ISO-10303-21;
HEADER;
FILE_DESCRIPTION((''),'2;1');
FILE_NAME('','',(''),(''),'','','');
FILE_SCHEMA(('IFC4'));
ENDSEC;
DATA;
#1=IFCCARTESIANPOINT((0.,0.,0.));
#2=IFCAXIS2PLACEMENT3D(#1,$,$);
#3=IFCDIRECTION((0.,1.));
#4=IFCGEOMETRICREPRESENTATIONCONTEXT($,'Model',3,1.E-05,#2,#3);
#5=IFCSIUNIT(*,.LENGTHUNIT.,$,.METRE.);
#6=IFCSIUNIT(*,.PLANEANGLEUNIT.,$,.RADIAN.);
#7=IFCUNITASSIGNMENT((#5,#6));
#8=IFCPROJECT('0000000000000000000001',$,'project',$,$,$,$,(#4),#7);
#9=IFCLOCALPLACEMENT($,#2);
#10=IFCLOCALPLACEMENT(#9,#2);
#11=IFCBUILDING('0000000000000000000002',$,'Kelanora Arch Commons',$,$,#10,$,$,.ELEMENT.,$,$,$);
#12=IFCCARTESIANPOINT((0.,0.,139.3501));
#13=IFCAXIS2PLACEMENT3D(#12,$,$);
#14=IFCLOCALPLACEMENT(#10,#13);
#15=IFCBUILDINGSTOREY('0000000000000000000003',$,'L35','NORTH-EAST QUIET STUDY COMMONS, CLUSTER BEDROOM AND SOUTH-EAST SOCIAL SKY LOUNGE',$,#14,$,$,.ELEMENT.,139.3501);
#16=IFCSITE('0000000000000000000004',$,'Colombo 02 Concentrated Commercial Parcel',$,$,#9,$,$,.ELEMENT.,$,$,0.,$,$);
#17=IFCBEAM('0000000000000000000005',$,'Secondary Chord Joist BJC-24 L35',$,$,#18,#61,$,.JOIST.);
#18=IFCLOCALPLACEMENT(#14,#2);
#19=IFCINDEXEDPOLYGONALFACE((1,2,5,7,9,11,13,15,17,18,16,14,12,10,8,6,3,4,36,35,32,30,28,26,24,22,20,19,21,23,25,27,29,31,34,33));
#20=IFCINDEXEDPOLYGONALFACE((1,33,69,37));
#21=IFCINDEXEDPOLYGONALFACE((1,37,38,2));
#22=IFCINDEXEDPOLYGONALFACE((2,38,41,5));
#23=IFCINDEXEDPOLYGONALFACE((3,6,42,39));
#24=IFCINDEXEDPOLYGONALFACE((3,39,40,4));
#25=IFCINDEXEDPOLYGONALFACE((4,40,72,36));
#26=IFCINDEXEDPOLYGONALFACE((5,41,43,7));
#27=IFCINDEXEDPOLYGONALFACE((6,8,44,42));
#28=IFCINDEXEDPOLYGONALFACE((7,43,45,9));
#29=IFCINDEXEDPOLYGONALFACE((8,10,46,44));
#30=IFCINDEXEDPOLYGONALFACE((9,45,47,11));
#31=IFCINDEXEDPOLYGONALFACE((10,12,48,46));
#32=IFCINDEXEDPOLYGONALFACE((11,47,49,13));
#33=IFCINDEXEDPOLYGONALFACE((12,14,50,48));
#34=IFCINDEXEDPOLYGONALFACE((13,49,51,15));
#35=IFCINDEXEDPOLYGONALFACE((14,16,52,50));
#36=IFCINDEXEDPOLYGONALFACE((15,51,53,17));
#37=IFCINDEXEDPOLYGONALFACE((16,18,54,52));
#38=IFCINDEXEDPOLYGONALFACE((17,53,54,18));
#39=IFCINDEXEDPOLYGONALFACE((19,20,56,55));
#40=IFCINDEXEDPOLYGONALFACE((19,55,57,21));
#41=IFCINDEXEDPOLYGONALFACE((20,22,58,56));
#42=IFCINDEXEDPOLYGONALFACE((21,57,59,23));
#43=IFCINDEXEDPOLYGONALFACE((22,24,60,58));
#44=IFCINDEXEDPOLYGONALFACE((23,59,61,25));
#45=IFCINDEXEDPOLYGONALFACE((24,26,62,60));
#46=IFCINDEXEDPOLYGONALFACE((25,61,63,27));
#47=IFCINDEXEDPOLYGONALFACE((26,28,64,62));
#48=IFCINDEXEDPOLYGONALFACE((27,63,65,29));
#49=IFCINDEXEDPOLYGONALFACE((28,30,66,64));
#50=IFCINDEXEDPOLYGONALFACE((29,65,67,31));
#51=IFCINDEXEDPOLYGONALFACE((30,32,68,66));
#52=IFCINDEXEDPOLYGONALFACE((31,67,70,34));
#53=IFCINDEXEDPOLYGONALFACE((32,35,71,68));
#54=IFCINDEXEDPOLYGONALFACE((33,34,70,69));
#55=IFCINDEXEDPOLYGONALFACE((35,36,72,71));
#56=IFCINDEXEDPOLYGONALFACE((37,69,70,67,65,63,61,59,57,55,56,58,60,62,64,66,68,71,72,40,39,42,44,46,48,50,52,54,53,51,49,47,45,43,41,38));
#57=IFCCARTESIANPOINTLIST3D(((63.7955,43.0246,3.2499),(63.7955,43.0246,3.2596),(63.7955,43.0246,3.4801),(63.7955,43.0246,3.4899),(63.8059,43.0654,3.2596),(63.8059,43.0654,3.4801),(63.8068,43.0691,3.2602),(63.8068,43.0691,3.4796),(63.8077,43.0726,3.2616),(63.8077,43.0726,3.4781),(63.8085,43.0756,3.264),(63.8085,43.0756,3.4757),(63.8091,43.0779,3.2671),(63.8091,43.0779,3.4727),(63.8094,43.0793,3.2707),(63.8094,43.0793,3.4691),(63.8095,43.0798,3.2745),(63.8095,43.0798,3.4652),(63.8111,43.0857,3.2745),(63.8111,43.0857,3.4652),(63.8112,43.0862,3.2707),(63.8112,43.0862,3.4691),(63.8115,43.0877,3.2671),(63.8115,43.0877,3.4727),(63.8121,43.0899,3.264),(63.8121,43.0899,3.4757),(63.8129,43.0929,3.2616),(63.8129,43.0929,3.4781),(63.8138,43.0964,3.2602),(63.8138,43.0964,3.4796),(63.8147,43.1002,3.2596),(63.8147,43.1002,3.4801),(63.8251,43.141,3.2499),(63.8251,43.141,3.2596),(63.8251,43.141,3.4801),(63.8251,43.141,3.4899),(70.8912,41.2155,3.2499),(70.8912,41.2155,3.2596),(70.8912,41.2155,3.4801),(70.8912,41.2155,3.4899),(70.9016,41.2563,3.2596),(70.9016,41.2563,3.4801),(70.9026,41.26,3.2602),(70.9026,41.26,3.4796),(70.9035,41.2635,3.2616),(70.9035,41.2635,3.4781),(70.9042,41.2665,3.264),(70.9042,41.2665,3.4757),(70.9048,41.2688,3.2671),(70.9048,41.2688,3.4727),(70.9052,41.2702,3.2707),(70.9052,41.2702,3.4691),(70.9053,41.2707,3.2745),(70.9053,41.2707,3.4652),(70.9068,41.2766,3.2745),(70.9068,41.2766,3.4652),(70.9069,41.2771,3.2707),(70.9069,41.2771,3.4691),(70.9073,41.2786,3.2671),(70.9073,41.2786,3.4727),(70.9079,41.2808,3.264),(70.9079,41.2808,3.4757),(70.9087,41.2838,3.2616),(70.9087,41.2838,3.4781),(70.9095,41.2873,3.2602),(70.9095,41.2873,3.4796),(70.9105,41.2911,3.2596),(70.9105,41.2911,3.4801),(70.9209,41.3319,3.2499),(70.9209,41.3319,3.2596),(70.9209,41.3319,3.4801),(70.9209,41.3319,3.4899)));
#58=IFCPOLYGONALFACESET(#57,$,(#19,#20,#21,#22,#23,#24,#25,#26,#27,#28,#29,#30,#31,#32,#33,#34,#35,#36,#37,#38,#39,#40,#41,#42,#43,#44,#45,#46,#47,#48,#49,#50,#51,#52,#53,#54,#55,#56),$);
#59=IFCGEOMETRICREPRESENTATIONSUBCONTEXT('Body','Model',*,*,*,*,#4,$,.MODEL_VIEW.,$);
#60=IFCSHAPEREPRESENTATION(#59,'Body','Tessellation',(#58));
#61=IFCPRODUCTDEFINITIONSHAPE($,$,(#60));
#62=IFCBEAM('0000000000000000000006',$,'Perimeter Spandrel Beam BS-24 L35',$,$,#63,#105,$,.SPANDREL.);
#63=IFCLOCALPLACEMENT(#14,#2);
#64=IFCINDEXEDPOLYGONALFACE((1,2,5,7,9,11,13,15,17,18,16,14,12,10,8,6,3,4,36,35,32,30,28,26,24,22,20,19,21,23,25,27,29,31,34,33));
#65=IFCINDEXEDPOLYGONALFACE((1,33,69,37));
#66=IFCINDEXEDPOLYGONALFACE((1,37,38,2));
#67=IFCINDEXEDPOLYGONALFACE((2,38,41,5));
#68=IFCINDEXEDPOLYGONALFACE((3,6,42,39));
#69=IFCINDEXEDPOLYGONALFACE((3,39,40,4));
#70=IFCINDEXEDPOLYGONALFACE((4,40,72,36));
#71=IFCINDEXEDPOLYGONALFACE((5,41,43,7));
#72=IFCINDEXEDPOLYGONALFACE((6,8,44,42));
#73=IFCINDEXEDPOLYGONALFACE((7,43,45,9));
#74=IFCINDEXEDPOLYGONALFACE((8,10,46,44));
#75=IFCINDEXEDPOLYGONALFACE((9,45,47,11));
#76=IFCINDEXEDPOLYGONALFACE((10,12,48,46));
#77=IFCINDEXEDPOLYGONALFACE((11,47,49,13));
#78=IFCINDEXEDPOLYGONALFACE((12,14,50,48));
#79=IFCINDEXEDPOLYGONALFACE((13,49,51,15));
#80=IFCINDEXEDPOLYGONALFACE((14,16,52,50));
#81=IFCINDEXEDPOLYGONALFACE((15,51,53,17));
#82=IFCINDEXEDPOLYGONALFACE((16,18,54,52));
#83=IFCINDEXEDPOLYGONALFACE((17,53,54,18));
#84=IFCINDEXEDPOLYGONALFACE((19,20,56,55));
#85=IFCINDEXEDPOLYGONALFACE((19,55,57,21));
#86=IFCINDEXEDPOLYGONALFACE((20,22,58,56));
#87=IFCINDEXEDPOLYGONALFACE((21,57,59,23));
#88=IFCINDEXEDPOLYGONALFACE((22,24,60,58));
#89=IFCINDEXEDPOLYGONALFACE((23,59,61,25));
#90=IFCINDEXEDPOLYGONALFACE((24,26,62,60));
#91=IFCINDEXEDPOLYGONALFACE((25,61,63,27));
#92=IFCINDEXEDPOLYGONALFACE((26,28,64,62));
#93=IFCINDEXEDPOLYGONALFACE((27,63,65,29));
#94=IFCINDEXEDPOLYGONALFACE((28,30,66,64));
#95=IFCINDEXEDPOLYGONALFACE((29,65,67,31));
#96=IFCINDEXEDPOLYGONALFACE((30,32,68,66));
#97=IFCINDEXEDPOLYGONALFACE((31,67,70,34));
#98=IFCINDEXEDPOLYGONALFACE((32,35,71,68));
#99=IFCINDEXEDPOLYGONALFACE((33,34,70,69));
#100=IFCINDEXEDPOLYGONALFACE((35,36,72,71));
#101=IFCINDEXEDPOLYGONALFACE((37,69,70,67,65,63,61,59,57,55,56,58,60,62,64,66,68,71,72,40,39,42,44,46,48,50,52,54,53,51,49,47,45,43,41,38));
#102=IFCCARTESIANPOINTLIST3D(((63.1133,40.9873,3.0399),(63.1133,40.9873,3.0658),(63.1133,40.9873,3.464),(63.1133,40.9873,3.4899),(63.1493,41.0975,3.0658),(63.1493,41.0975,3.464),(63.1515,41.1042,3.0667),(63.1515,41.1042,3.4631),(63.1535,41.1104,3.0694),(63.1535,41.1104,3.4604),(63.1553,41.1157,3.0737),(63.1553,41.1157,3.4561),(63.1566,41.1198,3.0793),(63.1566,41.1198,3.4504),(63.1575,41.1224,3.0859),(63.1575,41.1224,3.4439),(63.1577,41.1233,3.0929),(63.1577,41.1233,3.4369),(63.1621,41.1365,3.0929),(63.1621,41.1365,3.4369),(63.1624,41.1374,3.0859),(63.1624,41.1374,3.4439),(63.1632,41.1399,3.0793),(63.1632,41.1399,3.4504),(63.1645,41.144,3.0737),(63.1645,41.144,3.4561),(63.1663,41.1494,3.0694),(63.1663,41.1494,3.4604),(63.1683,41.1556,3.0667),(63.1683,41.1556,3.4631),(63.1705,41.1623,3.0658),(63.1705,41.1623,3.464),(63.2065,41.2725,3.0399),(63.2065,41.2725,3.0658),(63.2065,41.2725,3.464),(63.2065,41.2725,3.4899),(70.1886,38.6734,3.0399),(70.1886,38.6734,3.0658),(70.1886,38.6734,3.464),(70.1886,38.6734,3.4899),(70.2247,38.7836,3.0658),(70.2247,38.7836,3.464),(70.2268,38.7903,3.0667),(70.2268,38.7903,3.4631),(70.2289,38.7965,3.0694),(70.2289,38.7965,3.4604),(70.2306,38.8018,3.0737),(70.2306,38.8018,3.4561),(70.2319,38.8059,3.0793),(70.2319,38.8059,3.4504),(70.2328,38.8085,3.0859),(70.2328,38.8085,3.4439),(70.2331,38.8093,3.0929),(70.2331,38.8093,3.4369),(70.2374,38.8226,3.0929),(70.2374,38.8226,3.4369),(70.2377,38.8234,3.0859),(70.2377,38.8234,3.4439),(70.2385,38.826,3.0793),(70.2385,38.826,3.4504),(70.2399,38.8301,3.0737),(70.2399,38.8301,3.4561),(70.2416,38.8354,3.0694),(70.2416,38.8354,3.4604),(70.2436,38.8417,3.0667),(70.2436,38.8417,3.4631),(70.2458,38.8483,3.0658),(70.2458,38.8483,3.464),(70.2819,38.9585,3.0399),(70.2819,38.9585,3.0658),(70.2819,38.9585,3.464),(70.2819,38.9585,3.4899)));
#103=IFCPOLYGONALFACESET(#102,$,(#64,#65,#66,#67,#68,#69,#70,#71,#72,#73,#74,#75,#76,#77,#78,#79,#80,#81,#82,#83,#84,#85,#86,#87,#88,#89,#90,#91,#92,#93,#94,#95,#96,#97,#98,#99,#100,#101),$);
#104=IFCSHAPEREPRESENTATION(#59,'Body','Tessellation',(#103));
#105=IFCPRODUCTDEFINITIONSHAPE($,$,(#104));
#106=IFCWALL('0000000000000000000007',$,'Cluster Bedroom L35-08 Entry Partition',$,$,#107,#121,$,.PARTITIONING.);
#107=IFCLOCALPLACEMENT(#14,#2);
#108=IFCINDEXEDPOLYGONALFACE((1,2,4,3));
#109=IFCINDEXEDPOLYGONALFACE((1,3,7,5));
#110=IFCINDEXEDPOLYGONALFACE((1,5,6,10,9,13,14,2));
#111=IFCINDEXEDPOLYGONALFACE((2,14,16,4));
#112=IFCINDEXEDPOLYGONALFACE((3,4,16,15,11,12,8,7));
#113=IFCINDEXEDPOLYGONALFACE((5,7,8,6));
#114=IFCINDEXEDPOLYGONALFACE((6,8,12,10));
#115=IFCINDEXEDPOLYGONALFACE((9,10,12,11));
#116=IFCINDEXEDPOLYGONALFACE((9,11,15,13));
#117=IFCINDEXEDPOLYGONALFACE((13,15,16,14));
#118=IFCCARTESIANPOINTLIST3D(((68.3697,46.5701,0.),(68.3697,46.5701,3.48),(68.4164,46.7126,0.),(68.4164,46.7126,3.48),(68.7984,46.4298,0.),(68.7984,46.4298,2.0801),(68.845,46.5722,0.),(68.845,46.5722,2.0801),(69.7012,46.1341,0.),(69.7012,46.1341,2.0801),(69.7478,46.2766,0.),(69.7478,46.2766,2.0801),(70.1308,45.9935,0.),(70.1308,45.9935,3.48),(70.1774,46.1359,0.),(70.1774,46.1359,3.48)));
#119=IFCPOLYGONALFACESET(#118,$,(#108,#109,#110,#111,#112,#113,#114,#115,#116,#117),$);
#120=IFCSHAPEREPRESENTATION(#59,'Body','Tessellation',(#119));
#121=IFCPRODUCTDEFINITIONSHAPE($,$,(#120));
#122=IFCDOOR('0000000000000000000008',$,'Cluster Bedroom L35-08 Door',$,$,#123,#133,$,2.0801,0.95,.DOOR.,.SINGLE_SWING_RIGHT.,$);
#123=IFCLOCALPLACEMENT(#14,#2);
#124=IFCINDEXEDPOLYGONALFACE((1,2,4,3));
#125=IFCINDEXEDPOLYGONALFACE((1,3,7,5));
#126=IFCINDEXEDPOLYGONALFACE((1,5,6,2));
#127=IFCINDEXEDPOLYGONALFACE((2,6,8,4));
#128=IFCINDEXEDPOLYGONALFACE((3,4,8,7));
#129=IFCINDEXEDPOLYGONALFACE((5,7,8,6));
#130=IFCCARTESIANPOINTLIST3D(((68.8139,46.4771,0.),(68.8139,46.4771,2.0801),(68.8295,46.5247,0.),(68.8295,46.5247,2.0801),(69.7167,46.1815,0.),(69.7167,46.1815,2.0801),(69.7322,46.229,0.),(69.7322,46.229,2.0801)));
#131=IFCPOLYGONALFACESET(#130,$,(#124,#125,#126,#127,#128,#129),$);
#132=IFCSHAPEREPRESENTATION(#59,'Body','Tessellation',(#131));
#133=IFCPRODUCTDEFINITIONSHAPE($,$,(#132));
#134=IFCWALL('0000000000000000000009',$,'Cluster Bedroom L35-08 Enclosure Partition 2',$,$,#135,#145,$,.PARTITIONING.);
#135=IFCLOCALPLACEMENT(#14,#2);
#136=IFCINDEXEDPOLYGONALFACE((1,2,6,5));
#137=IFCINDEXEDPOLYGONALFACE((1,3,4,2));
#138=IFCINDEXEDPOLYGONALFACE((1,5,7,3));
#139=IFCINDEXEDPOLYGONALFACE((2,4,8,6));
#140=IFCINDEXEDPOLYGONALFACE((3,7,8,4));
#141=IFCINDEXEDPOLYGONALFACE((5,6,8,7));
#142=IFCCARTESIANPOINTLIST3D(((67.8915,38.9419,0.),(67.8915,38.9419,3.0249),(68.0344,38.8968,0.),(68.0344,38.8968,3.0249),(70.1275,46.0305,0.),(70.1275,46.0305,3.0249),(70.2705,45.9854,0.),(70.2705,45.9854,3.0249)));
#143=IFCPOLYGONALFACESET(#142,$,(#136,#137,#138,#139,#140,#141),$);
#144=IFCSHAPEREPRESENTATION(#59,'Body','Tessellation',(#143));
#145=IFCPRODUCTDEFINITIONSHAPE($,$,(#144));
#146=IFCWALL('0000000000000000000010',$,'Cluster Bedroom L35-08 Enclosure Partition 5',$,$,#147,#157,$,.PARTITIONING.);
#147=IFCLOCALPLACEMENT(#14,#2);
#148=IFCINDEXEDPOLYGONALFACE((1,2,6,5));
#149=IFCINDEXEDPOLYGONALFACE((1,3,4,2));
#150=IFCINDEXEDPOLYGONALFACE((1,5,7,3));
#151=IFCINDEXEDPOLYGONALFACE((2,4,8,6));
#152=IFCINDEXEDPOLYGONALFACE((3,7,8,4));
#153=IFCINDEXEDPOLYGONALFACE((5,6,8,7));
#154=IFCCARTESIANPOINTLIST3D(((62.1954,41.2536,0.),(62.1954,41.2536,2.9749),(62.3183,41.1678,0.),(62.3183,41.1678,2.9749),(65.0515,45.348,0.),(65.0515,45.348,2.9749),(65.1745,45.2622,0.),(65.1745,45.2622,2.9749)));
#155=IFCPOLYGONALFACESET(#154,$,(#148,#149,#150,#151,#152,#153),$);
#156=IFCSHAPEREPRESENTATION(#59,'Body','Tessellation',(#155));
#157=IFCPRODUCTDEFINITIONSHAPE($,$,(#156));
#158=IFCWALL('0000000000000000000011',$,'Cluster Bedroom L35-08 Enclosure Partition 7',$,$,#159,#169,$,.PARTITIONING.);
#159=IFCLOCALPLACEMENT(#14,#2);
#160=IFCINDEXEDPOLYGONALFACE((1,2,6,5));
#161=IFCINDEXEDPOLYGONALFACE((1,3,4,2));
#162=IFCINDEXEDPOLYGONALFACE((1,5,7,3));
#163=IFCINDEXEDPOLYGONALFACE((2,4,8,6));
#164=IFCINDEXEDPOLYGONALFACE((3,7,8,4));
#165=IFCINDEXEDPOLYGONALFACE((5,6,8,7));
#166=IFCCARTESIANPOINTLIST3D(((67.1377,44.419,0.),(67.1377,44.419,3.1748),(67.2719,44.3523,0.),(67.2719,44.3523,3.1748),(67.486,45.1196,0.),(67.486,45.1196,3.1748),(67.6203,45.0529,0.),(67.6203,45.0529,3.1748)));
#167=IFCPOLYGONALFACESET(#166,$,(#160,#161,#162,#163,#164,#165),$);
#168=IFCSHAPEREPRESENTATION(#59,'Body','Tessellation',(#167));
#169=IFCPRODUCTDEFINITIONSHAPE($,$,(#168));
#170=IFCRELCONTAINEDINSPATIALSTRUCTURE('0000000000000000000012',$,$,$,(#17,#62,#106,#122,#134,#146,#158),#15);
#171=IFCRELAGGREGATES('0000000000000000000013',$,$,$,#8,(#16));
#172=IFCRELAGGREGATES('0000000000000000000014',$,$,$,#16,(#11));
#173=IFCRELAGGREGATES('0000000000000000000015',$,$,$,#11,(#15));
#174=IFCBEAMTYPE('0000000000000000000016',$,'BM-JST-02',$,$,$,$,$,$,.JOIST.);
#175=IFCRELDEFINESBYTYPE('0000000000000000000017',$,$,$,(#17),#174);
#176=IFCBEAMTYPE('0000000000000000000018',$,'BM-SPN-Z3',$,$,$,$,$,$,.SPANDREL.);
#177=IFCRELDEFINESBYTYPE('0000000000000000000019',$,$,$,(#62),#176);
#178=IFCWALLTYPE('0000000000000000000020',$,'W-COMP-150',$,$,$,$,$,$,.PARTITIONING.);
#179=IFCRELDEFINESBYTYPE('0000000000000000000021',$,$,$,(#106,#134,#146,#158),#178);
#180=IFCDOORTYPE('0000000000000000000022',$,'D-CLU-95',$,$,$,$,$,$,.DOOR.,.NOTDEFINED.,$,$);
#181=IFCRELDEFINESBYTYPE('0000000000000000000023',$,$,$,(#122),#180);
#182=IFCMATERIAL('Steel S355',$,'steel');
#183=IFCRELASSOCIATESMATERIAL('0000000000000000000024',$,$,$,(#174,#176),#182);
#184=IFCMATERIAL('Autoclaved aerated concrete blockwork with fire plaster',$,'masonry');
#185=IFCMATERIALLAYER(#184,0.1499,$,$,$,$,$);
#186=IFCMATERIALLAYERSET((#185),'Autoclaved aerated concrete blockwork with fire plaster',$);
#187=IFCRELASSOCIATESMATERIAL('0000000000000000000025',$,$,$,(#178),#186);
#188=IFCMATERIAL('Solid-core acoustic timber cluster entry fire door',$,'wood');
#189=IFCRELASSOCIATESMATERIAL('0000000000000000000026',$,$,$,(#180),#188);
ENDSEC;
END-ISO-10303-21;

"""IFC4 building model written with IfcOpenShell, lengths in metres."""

from ifc_helpers import new_model, si_unit, direction, frame, frame_2d, origin, origin_2d, place, context, subcontext, project, spatial, rectangle, i_section, extrude, material, layer, layer_set, material_profile, profile_set, type_object, element, fill, save


model = new_model("IFC4")

# Units and contexts
model_context = context("Model", 3, precision=1e-05, world=origin(), true_north=direction((0.0, 1.0)))
body_context = subcontext(model_context, "Body", "Model", "MODEL_VIEW")
ifc_project = project(units=[si_unit("LENGTHUNIT", "METRE"), si_unit("PLANEANGLEUNIT", "RADIAN")], contexts=[model_context])

# Site, building, storey
site_placement = place(None, origin())
site = spatial("IfcSite", under=ifc_project, at=site_placement, Name="Colombo 02 Concentrated Commercial Parcel", CompositionType="ELEMENT", RefElevation=0.0)
building_placement = place(site_placement, origin())
building = spatial("IfcBuilding", under=site, at=building_placement, Name="Kelanora Arch Commons", CompositionType="ELEMENT")
storey_placement = place(building_placement, frame((0.0, 0.0, 139.3501)))
storey = spatial("IfcBuildingStorey", under=building, at=storey_placement, Name="L35", Description="NORTH-EAST QUIET STUDY COMMONS, CLUSTER BEDROOM AND SOUTH-EAST SOCIAL SKY LOUNGE", CompositionType="ELEMENT", Elevation=139.3501)

# Beams
ifc_material_1 = material(Name="Steel S355", Category="steel")
ifc_material_profile_1 = material_profile(ifc_material_1, i_section(OverallWidth=0.1201, OverallDepth=0.24, WebThickness=0.0061, FlangeThickness=0.0098, FilletRadius=0.0149, at=origin_2d()), Name="IPE240")
ifc_profile_set_1 = profile_set([ifc_material_profile_1], Name="Steel S355")
beam_type_1 = type_object("IfcBeamType", Name="BM-JST-02", PredefinedType="JOIST", material=ifc_profile_set_1)
beam_1_placement = place(storey_placement, frame((63.8103, 43.0828, 3.3699), z_axis=(0.969002, -0.247052, 0.0), x_axis=(0.247052, 0.969002, 0.0)))
element("IfcBeam", 1, at=beam_1_placement, inside=storey, type_object=beam_type_1, Name="Secondary Chord Joist BJC-24 L35", PredefinedType="JOIST", context=body_context, shape_type="SweptSolid", body=[
    extrude(i_section(OverallWidth=0.1201, OverallDepth=0.24, WebThickness=0.0061, FlangeThickness=0.0098, FilletRadius=0.0149, at=origin_2d()), origin(), (0.0, 0.0, 1.0), 7.3228),
])
ifc_material_profile_2 = material_profile(ifc_material_1, i_section(OverallWidth=0.3, OverallDepth=0.45, WebThickness=0.0139, FlangeThickness=0.0259, FilletRadius=0.0271, at=origin_2d()), Name="HEB450")
ifc_profile_set_2 = profile_set([ifc_material_profile_2], Name="Steel S355")
beam_type_2 = type_object("IfcBeamType", Name="BM-SPN-Z3", PredefinedType="SPANDREL", material=ifc_profile_set_2)
beam_2_placement = place(storey_placement, frame((63.1599, 41.1299, 3.2649), z_axis=(0.950462, -0.310841, 0.0), x_axis=(0.310841, 0.950462, 0.0)))
element("IfcBeam", 2, at=beam_2_placement, inside=storey, type_object=beam_type_2, Name="Perimeter Spandrel Beam BS-24 L35", PredefinedType="SPANDREL", context=body_context, shape_type="SweptSolid", body=[
    extrude(i_section(OverallWidth=0.3, OverallDepth=0.45, WebThickness=0.0139, FlangeThickness=0.0259, FilletRadius=0.0271, at=origin_2d()), origin(), (0.0, 0.0, 1.0), 7.4441),
])

# Wall, opening, door
ifc_material_2 = material(Name="Autoclaved aerated concrete blockwork with fire plaster", Category="masonry")
ifc_layer_1 = layer(ifc_material_2, 0.1499)
ifc_layer_set_1 = layer_set([ifc_layer_1], Name="Autoclaved aerated concrete blockwork with fire plaster")
wall_type_1 = type_object("IfcWallType", Name="W-COMP-150", PredefinedType="PARTITIONING", material=ifc_layer_set_1)
wall_1_placement = place(storey_placement, frame((68.3931, 46.6414, 0.0), z_axis=(0.0, 0.0, 1.0), x_axis=(0.950343, -0.311204, 0.0)))
wall_1 = element("IfcWall", 3, at=wall_1_placement, inside=storey, type_object=wall_type_1, Name="Cluster Bedroom L35-08 Entry Partition", PredefinedType="PARTITIONING", context=body_context, shape_type="SweptSolid", body=[
    extrude(rectangle(XDim=1.853, YDim=0.1499, at=frame_2d((0.9265, 0.0))), origin(), (0.0, 0.0, 1.0), 3.48),
])
opening_1_placement = place(wall_1_placement, frame((0.4509, 0.0, 0.0)))
opening_1 = element("IfcOpeningElement", 4, at=opening_1_placement, cuts=wall_1, PredefinedType="OPENING", context=body_context, shape_type="SweptSolid", body=[
    extrude(rectangle(XDim=0.95, YDim=2.0801, at=frame_2d((0.4751, 1.04))), frame((0.0, 0.085, 0.0), z_axis=(0.0, -1.0, 0.0), x_axis=(1.0, 0.0, 0.0)), (0.0, 0.0, 1.0), 0.1699),
])
ifc_material_3 = material(Name="Solid-core acoustic timber cluster entry fire door", Category="wood")
door_type_1 = type_object("IfcDoorType", Name="D-CLU-95", OperationType="NOTDEFINED", PredefinedType="DOOR", material=ifc_material_3)
door_1_placement = place(opening_1_placement, origin())
door_1 = element("IfcDoor", 5, at=door_1_placement, inside=storey, type_object=door_type_1, Name="Cluster Bedroom L35-08 Door", OperationType="SINGLE_SWING_RIGHT", OverallHeight=2.0801, OverallWidth=0.95, PredefinedType="DOOR", context=body_context, shape_type="SweptSolid", body=[
    extrude(rectangle(XDim=0.95, YDim=2.0801, at=frame_2d((0.4751, 1.04))), frame((0.0, 0.0249, 0.0), z_axis=(0.0, -1.0, 0.0), x_axis=(1.0, 0.0, 0.0)), (0.0, 0.0, 1.0), 0.05),
])
fill(opening_1, door_1)

# Walls
wall_2_placement = place(storey_placement, frame((70.199, 46.0078, 0.0), z_axis=(0.0, 0.0, 1.0), x_axis=(-0.300834, -0.953676, 0.0)))
element("IfcWall", 6, at=wall_2_placement, inside=storey, type_object=wall_type_1, Name="Cluster Bedroom L35-08 Enclosure Partition 2", PredefinedType="PARTITIONING", context=body_context, shape_type="SweptSolid", body=[
    extrude(rectangle(XDim=7.4329, YDim=0.1499, at=frame_2d((3.7163, 0.0))), origin(), (0.0, 0.0, 1.0), 3.0249),
])
wall_3_placement = place(storey_placement, frame((62.2568, 41.2107, 0.0), z_axis=(0.0, 0.0, 1.0), x_axis=(0.572126, 0.820166, 0.0)))
element("IfcWall", 7, at=wall_3_placement, inside=storey, type_object=wall_type_1, Name="Cluster Bedroom L35-08 Enclosure Partition 5", PredefinedType="PARTITIONING", context=body_context, shape_type="SweptSolid", body=[
    extrude(rectangle(XDim=4.9922, YDim=0.1499, at=frame_2d((2.4961, 0.0))), origin(), (0.0, 0.0, 1.0), 2.9749),
])
wall_4_placement = place(storey_placement, frame((67.2048, 44.3857, 0.0), z_axis=(0.0, 0.0, 1.0), x_axis=(0.445216, 0.895423, 0.0)))
element("IfcWall", 8, at=wall_4_placement, inside=storey, type_object=wall_type_1, Name="Cluster Bedroom L35-08 Enclosure Partition 7", PredefinedType="PARTITIONING", context=body_context, shape_type="SweptSolid", body=[
    extrude(rectangle(XDim=0.7825, YDim=0.1499, at=frame_2d((0.3911, 0.0))), origin(), (0.0, 0.0, 1.0), 3.1748),
])

save(model, "model.ifc")
